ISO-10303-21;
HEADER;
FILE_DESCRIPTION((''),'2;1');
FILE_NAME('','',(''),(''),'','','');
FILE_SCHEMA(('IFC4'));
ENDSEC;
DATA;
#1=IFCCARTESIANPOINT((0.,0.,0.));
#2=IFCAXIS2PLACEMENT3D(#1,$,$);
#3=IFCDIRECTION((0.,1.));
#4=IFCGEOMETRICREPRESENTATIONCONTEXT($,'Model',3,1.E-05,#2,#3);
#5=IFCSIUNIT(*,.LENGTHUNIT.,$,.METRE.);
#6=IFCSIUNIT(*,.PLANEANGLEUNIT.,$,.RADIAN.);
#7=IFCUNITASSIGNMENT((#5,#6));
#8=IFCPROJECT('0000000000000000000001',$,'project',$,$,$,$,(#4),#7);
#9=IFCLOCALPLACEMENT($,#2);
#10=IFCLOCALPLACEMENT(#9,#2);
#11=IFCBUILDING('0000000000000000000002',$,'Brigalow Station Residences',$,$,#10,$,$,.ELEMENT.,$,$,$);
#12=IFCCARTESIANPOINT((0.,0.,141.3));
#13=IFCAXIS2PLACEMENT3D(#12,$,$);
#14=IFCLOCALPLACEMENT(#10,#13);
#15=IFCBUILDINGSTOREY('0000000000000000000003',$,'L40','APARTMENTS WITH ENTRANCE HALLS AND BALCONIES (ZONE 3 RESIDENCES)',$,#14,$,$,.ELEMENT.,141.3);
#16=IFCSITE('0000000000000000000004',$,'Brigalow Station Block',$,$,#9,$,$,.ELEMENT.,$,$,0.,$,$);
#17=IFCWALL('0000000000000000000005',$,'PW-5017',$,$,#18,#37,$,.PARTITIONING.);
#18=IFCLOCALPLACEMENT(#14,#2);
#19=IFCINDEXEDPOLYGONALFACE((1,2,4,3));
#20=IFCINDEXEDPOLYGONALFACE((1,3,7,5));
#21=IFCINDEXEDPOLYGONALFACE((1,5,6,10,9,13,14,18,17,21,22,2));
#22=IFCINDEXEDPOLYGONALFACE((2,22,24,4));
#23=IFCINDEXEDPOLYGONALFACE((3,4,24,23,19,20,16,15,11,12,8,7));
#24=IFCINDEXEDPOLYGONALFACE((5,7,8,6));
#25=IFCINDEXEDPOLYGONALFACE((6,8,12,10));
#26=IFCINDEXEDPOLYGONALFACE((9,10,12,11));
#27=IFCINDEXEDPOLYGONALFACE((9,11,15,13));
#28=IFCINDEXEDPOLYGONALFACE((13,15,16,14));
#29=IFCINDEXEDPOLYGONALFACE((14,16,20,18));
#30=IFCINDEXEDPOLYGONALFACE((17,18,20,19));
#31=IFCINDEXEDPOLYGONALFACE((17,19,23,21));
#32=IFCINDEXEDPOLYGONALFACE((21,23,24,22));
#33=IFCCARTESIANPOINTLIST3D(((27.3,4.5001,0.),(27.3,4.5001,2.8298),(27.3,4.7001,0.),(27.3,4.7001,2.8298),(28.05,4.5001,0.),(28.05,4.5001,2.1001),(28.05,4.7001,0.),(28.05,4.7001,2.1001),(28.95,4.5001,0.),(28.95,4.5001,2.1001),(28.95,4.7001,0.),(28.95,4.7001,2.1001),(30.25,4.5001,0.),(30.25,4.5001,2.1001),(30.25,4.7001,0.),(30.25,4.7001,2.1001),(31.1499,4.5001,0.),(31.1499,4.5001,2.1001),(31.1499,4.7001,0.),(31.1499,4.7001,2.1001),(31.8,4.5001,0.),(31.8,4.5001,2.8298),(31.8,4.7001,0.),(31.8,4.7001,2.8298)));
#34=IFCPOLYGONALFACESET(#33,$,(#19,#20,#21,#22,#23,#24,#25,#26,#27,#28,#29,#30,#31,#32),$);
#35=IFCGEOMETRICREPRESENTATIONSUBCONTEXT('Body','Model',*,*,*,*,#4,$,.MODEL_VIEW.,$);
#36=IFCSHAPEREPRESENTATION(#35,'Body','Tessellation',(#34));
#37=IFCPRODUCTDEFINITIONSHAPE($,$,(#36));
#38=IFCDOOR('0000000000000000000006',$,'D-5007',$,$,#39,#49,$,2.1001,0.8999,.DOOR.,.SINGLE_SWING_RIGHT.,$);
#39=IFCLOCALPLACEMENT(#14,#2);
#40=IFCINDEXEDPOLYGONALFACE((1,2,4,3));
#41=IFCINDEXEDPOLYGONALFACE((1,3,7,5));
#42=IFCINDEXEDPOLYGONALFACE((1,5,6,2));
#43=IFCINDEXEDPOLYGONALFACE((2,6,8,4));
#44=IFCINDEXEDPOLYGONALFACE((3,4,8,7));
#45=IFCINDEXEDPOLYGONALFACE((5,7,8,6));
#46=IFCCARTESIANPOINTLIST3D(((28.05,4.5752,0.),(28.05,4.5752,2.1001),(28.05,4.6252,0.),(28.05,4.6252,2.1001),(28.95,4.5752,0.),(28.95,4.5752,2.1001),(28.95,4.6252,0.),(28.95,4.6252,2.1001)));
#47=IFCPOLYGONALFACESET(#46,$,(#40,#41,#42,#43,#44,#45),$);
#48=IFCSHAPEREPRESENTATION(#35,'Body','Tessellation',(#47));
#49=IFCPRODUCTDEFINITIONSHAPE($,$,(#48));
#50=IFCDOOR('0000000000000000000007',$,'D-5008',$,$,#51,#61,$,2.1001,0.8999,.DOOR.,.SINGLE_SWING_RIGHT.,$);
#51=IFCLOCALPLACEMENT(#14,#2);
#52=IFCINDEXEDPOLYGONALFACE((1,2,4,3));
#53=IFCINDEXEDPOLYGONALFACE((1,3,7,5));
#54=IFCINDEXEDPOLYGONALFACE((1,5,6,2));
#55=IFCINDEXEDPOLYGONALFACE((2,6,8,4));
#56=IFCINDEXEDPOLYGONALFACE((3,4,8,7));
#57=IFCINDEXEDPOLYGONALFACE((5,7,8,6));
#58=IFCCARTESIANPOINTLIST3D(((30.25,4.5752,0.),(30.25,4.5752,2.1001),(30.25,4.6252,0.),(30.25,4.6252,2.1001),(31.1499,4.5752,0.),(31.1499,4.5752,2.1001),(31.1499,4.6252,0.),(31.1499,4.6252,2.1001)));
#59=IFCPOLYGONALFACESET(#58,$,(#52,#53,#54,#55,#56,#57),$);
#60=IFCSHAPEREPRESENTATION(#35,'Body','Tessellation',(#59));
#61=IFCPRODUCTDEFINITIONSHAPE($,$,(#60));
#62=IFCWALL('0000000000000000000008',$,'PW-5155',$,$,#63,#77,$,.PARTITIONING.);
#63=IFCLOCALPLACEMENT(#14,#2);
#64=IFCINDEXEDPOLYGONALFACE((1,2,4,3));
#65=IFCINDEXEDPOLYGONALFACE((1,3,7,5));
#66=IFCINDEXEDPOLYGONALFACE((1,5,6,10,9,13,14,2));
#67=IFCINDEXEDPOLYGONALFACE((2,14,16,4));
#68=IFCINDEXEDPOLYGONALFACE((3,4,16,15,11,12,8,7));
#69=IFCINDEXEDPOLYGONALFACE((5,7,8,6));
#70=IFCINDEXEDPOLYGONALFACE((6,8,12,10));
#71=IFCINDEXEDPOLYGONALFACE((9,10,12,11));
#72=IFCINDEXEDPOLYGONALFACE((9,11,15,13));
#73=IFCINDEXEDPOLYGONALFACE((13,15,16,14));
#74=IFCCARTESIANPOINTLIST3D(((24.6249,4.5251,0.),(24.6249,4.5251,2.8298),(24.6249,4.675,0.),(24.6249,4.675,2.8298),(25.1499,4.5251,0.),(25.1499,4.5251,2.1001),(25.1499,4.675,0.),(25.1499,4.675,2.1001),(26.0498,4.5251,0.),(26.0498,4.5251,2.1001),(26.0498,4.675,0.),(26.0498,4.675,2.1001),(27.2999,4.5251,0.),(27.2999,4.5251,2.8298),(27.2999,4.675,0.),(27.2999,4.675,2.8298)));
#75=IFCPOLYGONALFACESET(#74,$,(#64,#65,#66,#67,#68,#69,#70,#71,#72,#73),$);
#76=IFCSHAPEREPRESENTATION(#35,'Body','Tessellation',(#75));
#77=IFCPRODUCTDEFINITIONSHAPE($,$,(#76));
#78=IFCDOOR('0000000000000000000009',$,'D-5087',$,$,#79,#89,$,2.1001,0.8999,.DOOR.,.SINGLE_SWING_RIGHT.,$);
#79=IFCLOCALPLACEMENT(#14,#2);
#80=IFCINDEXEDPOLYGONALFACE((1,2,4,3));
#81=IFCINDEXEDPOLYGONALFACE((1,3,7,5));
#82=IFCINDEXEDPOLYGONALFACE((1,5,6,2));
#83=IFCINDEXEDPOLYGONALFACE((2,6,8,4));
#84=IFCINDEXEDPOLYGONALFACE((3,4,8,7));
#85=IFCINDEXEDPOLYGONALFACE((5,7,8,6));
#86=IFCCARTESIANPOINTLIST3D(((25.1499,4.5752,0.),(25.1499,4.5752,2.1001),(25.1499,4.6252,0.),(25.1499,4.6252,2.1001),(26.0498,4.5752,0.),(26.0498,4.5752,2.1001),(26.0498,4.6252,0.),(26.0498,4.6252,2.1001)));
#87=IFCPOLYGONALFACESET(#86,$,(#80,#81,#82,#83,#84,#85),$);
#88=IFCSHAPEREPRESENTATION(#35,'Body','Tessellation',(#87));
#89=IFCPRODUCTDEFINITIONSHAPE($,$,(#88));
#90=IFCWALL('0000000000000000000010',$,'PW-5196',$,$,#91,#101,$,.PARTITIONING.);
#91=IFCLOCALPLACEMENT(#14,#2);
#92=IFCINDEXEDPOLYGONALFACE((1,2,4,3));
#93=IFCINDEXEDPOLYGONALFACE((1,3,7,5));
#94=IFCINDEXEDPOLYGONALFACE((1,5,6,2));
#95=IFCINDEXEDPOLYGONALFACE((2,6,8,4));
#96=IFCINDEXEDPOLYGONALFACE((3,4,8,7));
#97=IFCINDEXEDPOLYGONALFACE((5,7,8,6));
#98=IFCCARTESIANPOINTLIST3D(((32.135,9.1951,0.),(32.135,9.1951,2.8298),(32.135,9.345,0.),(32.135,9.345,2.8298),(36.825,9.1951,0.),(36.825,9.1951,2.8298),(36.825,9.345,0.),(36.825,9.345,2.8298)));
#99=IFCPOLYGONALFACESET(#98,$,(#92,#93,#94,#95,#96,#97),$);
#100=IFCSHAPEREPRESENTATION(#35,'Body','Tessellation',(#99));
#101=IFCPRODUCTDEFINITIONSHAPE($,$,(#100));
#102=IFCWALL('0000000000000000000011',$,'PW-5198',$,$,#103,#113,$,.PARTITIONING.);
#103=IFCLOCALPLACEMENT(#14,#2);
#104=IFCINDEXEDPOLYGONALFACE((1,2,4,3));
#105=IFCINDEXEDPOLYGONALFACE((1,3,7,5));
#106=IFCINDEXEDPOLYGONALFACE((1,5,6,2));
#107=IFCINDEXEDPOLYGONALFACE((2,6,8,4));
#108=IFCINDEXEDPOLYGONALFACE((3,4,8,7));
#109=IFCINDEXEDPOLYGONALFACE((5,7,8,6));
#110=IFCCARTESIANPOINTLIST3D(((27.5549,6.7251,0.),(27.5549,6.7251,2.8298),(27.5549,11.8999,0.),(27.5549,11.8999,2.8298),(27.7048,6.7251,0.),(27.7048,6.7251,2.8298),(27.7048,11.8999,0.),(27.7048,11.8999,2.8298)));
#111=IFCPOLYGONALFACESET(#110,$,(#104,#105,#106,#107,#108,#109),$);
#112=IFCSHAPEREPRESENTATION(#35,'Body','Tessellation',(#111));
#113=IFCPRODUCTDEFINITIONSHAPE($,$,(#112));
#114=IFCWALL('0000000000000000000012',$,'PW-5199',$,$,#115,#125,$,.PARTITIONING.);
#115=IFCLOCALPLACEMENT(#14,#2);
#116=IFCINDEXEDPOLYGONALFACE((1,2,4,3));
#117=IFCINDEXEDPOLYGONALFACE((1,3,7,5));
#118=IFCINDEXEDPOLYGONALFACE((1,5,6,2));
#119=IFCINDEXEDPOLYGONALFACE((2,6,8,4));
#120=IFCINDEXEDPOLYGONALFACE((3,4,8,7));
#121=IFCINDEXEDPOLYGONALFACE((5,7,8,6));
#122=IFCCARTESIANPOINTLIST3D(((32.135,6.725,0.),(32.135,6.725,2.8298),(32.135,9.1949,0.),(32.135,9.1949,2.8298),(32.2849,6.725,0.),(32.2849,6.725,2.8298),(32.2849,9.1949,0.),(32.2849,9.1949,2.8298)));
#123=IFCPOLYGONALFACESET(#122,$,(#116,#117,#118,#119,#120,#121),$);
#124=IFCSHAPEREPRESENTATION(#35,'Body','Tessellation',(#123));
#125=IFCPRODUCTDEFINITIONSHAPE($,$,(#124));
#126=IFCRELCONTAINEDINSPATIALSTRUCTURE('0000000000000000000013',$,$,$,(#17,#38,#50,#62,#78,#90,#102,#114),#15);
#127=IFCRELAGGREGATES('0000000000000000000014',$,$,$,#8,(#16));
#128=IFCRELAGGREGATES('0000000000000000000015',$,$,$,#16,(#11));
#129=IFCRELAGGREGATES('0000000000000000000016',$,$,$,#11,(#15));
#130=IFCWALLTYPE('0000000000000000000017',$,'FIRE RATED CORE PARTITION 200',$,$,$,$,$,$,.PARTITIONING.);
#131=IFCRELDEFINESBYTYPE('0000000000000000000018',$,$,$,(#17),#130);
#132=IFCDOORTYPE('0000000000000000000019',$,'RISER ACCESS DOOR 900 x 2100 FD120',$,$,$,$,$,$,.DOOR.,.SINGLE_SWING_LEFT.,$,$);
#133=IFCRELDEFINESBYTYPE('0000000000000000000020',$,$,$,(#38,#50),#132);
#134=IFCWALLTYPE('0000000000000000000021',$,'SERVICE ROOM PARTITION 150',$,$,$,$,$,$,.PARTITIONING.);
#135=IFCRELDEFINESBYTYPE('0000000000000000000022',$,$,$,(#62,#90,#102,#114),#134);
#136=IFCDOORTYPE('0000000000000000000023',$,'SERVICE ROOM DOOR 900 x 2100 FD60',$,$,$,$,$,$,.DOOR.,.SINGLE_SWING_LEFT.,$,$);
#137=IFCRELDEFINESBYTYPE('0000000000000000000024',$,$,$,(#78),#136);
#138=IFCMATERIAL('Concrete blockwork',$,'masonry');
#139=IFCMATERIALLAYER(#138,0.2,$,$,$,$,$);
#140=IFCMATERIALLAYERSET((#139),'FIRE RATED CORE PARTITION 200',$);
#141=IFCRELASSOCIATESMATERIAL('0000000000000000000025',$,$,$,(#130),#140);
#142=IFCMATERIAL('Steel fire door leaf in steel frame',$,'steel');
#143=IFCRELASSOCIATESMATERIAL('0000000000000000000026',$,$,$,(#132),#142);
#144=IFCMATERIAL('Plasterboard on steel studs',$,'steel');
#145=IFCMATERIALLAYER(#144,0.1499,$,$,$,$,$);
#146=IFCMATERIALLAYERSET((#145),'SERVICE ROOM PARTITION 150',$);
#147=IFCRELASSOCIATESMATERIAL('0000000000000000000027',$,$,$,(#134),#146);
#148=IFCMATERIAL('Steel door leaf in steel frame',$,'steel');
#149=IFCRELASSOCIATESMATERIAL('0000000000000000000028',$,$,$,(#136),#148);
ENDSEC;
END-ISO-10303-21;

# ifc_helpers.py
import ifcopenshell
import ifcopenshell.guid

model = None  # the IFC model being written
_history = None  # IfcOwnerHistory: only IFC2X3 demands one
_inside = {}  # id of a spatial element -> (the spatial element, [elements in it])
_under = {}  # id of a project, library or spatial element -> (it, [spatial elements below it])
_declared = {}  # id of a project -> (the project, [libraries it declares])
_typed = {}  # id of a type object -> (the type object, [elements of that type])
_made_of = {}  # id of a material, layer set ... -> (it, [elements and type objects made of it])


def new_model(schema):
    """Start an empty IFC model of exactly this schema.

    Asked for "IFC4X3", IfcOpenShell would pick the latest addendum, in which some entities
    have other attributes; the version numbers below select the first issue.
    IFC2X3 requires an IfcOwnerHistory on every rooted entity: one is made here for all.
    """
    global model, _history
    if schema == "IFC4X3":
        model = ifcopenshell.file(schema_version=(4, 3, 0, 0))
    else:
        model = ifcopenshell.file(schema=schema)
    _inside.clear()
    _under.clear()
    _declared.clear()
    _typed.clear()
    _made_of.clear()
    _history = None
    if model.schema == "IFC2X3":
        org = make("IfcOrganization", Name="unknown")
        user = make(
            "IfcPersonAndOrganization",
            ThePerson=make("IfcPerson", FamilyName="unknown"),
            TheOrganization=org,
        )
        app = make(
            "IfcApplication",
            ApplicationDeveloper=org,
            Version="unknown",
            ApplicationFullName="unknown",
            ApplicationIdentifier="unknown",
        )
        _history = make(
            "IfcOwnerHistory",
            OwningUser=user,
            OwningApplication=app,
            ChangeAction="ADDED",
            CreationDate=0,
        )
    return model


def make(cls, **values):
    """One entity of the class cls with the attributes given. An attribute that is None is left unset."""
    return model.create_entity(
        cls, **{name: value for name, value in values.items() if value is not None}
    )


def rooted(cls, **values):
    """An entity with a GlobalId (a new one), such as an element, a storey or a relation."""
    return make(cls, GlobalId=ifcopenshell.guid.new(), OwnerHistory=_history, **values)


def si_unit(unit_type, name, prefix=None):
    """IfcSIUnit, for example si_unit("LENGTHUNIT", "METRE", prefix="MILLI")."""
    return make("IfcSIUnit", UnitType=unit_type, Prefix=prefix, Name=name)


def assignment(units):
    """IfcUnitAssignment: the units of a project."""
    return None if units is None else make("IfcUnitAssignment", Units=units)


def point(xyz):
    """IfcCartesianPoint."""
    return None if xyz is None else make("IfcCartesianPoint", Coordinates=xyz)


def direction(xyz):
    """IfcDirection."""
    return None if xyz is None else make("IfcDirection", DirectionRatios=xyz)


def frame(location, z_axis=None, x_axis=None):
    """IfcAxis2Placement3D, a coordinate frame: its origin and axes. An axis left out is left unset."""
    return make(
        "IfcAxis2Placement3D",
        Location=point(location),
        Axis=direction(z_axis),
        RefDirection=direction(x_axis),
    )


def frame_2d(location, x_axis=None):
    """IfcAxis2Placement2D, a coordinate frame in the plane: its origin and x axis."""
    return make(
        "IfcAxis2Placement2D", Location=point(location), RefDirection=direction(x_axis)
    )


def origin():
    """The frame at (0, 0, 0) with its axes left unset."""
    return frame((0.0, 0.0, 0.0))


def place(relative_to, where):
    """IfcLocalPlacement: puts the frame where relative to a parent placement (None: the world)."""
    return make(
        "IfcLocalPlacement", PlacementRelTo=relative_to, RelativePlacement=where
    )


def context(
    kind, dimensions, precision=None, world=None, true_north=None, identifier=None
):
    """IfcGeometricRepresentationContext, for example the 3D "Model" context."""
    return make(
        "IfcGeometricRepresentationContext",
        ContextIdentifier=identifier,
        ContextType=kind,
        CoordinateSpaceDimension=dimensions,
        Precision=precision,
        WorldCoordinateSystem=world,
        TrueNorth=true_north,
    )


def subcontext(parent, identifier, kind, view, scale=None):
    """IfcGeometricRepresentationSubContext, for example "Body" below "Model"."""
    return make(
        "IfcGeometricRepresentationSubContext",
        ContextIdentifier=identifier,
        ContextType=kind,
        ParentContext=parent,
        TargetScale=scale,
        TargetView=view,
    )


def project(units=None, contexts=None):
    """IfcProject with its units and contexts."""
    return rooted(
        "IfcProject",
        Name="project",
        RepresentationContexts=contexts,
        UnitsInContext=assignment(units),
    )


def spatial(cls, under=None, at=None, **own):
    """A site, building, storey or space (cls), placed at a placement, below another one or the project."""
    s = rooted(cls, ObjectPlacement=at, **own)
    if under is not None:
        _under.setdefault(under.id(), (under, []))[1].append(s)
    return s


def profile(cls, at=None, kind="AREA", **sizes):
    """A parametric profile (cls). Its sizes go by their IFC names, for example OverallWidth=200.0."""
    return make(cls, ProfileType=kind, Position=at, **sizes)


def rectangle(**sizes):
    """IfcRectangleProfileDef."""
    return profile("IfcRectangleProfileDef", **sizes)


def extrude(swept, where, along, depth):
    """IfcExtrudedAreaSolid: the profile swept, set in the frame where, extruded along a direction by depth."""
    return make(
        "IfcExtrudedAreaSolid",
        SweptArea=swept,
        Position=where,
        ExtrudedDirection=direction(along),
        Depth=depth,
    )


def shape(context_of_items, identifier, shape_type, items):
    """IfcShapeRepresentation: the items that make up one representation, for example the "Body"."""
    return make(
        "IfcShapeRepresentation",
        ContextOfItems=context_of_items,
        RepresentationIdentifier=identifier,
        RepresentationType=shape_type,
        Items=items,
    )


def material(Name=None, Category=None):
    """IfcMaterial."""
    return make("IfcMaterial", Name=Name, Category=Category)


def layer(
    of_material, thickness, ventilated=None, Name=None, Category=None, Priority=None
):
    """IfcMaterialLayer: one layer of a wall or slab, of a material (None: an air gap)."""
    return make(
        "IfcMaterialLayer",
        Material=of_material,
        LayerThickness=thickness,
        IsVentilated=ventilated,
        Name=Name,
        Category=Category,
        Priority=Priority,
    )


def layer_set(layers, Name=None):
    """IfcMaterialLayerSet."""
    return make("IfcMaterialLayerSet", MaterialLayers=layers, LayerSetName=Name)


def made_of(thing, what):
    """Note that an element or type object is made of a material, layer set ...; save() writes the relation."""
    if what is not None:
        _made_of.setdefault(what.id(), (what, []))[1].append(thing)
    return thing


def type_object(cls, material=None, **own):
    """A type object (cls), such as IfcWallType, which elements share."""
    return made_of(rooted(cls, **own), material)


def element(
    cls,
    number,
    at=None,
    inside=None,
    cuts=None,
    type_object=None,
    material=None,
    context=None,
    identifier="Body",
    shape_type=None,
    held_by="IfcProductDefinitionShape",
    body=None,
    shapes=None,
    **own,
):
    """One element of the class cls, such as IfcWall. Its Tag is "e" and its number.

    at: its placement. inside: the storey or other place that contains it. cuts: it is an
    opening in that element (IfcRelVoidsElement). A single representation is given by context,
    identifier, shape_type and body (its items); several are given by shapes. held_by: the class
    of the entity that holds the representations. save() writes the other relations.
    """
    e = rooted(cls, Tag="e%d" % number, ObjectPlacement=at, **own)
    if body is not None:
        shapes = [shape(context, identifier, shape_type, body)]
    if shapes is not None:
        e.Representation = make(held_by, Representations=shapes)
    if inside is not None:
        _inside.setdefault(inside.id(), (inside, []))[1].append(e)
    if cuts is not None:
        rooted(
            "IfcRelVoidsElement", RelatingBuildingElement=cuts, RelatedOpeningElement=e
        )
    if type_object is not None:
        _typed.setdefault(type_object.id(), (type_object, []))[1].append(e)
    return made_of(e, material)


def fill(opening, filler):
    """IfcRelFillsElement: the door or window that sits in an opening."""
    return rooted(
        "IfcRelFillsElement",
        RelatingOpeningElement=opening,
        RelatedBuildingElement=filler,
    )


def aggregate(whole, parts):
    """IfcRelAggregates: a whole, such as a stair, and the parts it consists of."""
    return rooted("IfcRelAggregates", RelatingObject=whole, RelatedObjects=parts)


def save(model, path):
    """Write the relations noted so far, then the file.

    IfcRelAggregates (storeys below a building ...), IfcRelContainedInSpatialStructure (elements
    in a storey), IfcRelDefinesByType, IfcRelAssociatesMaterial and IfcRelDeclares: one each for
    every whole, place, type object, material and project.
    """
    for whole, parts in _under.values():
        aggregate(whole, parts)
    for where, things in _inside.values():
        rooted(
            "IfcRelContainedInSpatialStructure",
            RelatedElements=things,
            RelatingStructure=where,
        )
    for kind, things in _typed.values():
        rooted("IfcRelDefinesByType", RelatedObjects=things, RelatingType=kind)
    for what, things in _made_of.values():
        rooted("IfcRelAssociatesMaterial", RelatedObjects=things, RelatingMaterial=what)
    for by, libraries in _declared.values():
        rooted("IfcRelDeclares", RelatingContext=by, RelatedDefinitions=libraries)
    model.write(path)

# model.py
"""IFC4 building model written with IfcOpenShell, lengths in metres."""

from ifc_helpers import new_model, si_unit, direction, frame, frame_2d, origin, place, context, subcontext, project, spatial, rectangle, extrude, material, layer, layer_set, type_object, element, fill, save


model = new_model("IFC4")

# Units and contexts
model_context = context("Model", 3, precision=1e-05, world=origin(), true_north=direction((0.0, 1.0)))
body_context = subcontext(model_context, "Body", "Model", "MODEL_VIEW")
ifc_project = project(units=[si_unit("LENGTHUNIT", "METRE"), si_unit("PLANEANGLEUNIT", "RADIAN")], contexts=[model_context])

# Site, building, storey
site_placement = place(None, origin())
site = spatial("IfcSite", under=ifc_project, at=site_placement, Name="Brigalow Station Block", CompositionType="ELEMENT", RefElevation=0.0)
building_placement = place(site_placement, origin())
building = spatial("IfcBuilding", under=site, at=building_placement, Name="Brigalow Station Residences", CompositionType="ELEMENT")
storey_placement = place(building_placement, frame((0.0, 0.0, 141.3)))
storey = spatial("IfcBuildingStorey", under=building, at=storey_placement, Name="L40", Description="APARTMENTS WITH ENTRANCE HALLS AND BALCONIES (ZONE 3 RESIDENCES)", CompositionType="ELEMENT", Elevation=141.3)

# Wall, openings, doors
ifc_material_1 = material(Name="Concrete blockwork", Category="masonry")
ifc_layer_1 = layer(ifc_material_1, 0.2)
ifc_layer_set_1 = layer_set([ifc_layer_1], Name="FIRE RATED CORE PARTITION 200")
wall_type_1 = type_object("IfcWallType", Name="FIRE RATED CORE PARTITION 200", PredefinedType="PARTITIONING", material=ifc_layer_set_1)
wall_1_placement = place(storey_placement, frame((27.3, 4.6001, 0.0), z_axis=(0.0, 0.0, 1.0), x_axis=(1.0, 0.0, 0.0)))
wall_1 = element("IfcWall", 1, at=wall_1_placement, inside=storey, type_object=wall_type_1, Name="PW-5017", PredefinedType="PARTITIONING", context=body_context, shape_type="SweptSolid", body=[
    extrude(rectangle(XDim=4.5, YDim=0.2, at=frame_2d((2.25, 0.0))), origin(), (0.0, 0.0, 1.0), 2.8298),
])
opening_1_placement = place(wall_1_placement, frame((0.75, 0.0, 0.0)))
opening_1 = element("IfcOpeningElement", 2, at=opening_1_placement, cuts=wall_1, PredefinedType="OPENING", context=body_context, shape_type="SweptSolid", body=[
    extrude(rectangle(XDim=0.8999, YDim=2.1001, at=frame_2d((0.45, 1.05))), frame((0.0, 0.1099, 0.0), z_axis=(0.0, -1.0, 0.0), x_axis=(1.0, 0.0, 0.0)), (0.0, 0.0, 1.0), 0.22),
])
opening_2_placement = place(wall_1_placement, frame((2.95, 0.0, 0.0)))
opening_2 = element("IfcOpeningElement", 3, at=opening_2_placement, cuts=wall_1, PredefinedType="OPENING", context=body_context, shape_type="SweptSolid", body=[
    extrude(rectangle(XDim=0.8999, YDim=2.1001, at=frame_2d((0.45, 1.05))), frame((0.0, 0.1099, 0.0), z_axis=(0.0, -1.0, 0.0), x_axis=(1.0, 0.0, 0.0)), (0.0, 0.0, 1.0), 0.22),
])
ifc_material_2 = material(Name="Steel fire door leaf in steel frame", Category="steel")
door_type_1 = type_object("IfcDoorType", Name="RISER ACCESS DOOR 900 x 2100 FD120", OperationType="SINGLE_SWING_LEFT", PredefinedType="DOOR", material=ifc_material_2)
door_1_placement = place(opening_1_placement, frame((0.8999, 0.0, 0.0), z_axis=(0.0, 0.0, 1.0), x_axis=(-1.0, 0.0, 0.0)))
door_1 = element("IfcDoor", 4, at=door_1_placement, inside=storey, type_object=door_type_1, Name="D-5007", OperationType="SINGLE_SWING_RIGHT", OverallHeight=2.1001, OverallWidth=0.8999, PredefinedType="DOOR", context=body_context, shape_type="SweptSolid", body=[
    extrude(rectangle(XDim=0.8999, YDim=2.1001, at=frame_2d((0.45, 1.05))), frame((0.0, 0.0249, 0.0), z_axis=(0.0, -1.0, 0.0), x_axis=(1.0, 0.0, 0.0)), (0.0, 0.0, 1.0), 0.05),
])
fill(opening_1, door_1)
door_2_placement = place(opening_2_placement, frame((0.8999, 0.0, 0.0), z_axis=(0.0, 0.0, 1.0), x_axis=(-1.0, 0.0, 0.0)))
door_2 = element("IfcDoor", 5, at=door_2_placement, inside=storey, type_object=door_type_1, Name="D-5008", OperationType="SINGLE_SWING_RIGHT", OverallHeight=2.1001, OverallWidth=0.8999, PredefinedType="DOOR", context=body_context, shape_type="SweptSolid", body=[
    extrude(rectangle(XDim=0.8999, YDim=2.1001, at=frame_2d((0.45, 1.05))), frame((0.0, 0.0249, 0.0), z_axis=(0.0, -1.0, 0.0), x_axis=(1.0, 0.0, 0.0)), (0.0, 0.0, 1.0), 0.05),
])
fill(opening_2, door_2)

# Wall, opening, door
ifc_material_3 = material(Name="Plasterboard on steel studs", Category="steel")
ifc_layer_2 = layer(ifc_material_3, 0.1499)
ifc_layer_set_2 = layer_set([ifc_layer_2], Name="SERVICE ROOM PARTITION 150")
wall_type_2 = type_object("IfcWallType", Name="SERVICE ROOM PARTITION 150", PredefinedType="PARTITIONING", material=ifc_layer_set_2)
wall_2_placement = place(storey_placement, frame((24.625, 4.6001, 0.0), z_axis=(0.0, 0.0, 1.0), x_axis=(1.0, 0.0, 0.0)))
wall_2 = element("IfcWall", 6, at=wall_2_placement, inside=storey, type_object=wall_type_2, Name="PW-5155", PredefinedType="PARTITIONING", context=body_context, shape_type="SweptSolid", body=[
    extrude(rectangle(XDim=2.675, YDim=0.1499, at=frame_2d((1.3374, 0.0))), origin(), (0.0, 0.0, 1.0), 2.8298),
])
opening_3_placement = place(wall_2_placement, frame((0.5249, 0.0, 0.0)))
opening_3 = element("IfcOpeningElement", 7, at=opening_3_placement, cuts=wall_2, PredefinedType="OPENING", context=body_context, shape_type="SweptSolid", body=[
    extrude(rectangle(XDim=0.8999, YDim=2.1001, at=frame_2d((0.45, 1.05))), frame((0.0, 0.085, 0.0), z_axis=(0.0, -1.0, 0.0), x_axis=(1.0, 0.0, 0.0)), (0.0, 0.0, 1.0), 0.1699),
])
ifc_material_4 = material(Name="Steel door leaf in steel frame", Category="steel")
door_type_2 = type_object("IfcDoorType", Name="SERVICE ROOM DOOR 900 x 2100 FD60", OperationType="SINGLE_SWING_LEFT", PredefinedType="DOOR", material=ifc_material_4)
door_3_placement = place(opening_3_placement, frame((0.8999, 0.0, 0.0), z_axis=(0.0, 0.0, 1.0), x_axis=(-1.0, 0.0, 0.0)))
door_3 = element("IfcDoor", 8, at=door_3_placement, inside=storey, type_object=door_type_2, Name="D-5087", OperationType="SINGLE_SWING_RIGHT", OverallHeight=2.1001, OverallWidth=0.8999, PredefinedType="DOOR", context=body_context, shape_type="SweptSolid", body=[
    extrude(rectangle(XDim=0.8999, YDim=2.1001, at=frame_2d((0.45, 1.05))), frame((0.0, 0.0249, 0.0), z_axis=(0.0, -1.0, 0.0), x_axis=(1.0, 0.0, 0.0)), (0.0, 0.0, 1.0), 0.05),
])
fill(opening_3, door_3)

# Walls
wall_3_placement = place(storey_placement, frame((32.135, 9.27, 0.0), z_axis=(0.0, 0.0, 1.0), x_axis=(1.0, 0.0, 0.0)))
element("IfcWall", 9, at=wall_3_placement, inside=storey, type_object=wall_type_2, Name="PW-5196", PredefinedType="PARTITIONING", context=body_context, shape_type="SweptSolid", body=[
    extrude(rectangle(XDim=4.6899, YDim=0.1499, at=frame_2d((2.345, 0.0))), origin(), (0.0, 0.0, 1.0), 2.8298),
])
wall_4_placement = place(storey_placement, frame((27.6299, 6.7251, 0.0), z_axis=(0.0, 0.0, 1.0), x_axis=(0.0, 1.0, 0.0)))
element("IfcWall", 10, at=wall_4_placement, inside=storey, type_object=wall_type_2, Name="PW-5198", PredefinedType="PARTITIONING", context=body_context, shape_type="SweptSolid", body=[
    extrude(rectangle(XDim=5.1748, YDim=0.1499, at=frame_2d((2.5874, 0.0))), origin(), (0.0, 0.0, 1.0), 2.8298),
])
wall_5_placement = place(storey_placement, frame((32.21, 6.7251, 0.0), z_axis=(0.0, 0.0, 1.0), x_axis=(0.0, 1.0, 0.0)))
element("IfcWall", 11, at=wall_5_placement, inside=storey, type_object=wall_type_2, Name="PW-5199", PredefinedType="PARTITIONING", context=body_context, shape_type="SweptSolid", body=[
    extrude(rectangle(XDim=2.47, YDim=0.1499, at=frame_2d((1.2349, 0.0))), origin(), (0.0, 0.0, 1.0), 2.8298),
])

save(model, "model.ifc")
